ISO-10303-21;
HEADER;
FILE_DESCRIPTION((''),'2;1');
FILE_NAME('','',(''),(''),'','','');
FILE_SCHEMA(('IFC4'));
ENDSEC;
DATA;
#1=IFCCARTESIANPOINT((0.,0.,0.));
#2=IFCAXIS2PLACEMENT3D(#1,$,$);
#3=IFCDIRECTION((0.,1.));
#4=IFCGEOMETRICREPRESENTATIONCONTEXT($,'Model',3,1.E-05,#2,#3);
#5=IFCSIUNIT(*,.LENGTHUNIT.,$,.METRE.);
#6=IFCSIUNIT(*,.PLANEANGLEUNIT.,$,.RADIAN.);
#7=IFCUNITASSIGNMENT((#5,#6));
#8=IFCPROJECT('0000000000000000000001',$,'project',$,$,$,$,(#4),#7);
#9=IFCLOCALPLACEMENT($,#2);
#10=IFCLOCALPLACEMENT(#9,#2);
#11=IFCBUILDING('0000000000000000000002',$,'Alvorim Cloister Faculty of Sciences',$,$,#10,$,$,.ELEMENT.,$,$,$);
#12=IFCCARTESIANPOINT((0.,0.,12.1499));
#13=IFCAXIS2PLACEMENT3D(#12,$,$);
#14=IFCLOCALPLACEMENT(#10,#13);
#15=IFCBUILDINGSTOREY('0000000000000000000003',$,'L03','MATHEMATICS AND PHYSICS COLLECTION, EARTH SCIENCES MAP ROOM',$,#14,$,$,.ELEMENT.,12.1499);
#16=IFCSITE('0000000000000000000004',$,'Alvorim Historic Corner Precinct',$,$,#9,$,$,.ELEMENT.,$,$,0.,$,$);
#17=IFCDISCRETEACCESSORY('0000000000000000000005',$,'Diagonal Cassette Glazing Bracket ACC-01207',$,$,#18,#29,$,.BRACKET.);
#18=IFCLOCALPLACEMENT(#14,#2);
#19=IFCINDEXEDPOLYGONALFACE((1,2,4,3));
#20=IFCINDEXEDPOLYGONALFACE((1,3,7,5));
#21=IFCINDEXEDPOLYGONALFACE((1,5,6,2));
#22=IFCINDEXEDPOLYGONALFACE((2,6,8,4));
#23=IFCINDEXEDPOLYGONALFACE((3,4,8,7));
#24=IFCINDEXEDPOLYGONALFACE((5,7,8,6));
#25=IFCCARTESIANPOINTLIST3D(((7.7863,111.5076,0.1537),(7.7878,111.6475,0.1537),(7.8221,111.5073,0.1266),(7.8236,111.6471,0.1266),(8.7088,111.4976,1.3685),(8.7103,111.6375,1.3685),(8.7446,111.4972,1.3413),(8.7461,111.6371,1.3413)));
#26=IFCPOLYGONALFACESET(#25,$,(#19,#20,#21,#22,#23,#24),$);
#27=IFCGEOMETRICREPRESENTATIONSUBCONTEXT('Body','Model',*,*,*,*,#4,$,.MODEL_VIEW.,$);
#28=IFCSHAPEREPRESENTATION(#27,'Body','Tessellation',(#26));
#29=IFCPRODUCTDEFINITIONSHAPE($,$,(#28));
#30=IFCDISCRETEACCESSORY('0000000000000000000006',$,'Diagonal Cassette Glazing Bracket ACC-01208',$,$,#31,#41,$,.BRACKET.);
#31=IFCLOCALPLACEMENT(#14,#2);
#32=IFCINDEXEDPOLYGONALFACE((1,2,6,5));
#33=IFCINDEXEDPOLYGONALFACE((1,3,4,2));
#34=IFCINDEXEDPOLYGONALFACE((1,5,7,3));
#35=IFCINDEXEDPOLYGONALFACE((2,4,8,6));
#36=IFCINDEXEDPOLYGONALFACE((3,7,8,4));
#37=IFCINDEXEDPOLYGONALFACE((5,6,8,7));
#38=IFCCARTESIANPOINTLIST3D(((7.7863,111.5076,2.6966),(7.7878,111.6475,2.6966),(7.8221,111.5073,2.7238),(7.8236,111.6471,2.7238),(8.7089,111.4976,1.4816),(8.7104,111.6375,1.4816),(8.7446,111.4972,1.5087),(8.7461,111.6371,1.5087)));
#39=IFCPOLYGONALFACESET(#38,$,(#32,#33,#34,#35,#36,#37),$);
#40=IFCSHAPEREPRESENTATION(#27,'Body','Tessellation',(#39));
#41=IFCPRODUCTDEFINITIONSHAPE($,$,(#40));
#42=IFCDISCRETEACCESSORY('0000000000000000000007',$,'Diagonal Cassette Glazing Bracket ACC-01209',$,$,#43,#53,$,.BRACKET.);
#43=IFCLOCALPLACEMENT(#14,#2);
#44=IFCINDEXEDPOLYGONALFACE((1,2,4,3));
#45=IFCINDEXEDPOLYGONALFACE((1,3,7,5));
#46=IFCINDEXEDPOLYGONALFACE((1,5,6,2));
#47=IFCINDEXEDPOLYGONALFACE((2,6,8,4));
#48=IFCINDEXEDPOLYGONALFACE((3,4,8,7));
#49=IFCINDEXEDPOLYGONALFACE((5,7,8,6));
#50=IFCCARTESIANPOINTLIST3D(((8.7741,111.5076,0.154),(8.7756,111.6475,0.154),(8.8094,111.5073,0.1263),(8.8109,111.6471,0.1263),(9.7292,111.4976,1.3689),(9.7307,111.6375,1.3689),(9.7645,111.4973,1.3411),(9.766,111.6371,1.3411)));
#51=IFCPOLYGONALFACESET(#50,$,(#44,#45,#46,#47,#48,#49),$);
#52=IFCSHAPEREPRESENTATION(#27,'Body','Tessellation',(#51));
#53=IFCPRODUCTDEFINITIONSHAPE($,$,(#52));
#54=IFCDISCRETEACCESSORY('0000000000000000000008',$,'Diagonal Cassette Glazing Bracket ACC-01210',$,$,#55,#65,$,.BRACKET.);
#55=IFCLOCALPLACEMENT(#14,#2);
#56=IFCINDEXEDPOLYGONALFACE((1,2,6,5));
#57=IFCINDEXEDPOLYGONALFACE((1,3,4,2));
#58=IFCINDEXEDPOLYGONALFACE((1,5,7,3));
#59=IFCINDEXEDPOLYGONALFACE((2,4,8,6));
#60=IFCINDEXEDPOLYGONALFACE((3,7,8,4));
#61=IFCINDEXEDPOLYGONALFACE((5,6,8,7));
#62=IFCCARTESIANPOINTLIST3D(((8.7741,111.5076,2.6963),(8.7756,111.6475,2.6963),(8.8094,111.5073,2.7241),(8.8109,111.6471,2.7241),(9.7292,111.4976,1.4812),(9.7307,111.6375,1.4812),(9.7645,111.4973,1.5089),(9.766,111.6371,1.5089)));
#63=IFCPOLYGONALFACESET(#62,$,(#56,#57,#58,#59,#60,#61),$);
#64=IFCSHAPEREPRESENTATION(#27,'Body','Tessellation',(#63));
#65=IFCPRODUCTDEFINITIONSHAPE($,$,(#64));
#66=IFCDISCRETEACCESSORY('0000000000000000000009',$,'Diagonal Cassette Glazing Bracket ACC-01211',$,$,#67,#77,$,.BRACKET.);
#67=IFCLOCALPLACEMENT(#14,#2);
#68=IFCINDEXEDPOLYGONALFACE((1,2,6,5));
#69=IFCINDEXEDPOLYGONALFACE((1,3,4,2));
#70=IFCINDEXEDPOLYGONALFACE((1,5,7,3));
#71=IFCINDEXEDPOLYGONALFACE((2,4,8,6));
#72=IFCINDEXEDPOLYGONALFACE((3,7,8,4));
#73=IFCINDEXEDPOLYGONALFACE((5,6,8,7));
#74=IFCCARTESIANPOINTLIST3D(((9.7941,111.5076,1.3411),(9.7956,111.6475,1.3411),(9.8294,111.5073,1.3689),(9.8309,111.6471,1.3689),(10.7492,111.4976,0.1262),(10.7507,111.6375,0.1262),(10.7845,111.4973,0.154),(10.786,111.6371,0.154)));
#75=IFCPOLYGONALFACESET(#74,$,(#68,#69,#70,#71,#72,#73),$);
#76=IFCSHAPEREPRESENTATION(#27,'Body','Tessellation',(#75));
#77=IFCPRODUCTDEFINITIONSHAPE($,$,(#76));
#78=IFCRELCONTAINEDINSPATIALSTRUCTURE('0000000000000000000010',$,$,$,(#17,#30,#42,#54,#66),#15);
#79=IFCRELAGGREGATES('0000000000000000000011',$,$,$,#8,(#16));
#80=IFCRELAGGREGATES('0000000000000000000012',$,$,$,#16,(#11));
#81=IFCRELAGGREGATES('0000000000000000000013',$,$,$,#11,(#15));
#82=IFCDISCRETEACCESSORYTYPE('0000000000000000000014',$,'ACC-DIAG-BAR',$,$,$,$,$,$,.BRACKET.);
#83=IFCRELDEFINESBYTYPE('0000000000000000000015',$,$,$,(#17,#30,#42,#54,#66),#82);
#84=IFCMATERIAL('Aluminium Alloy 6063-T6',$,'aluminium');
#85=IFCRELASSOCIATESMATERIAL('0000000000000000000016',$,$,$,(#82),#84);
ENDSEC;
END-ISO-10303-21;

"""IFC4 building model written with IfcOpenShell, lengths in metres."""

from ifc_helpers import new_model, si_unit, direction, frame, origin, origin_2d, place, context, subcontext, project, spatial, rectangle, extrude, material, type_object, element, save


model = new_model("IFC4")

# Units and contexts
model_context = context("Model", 3, precision=1e-05, world=origin(), true_north=direction((0.0, 1.0)))
body_context = subcontext(model_context, "Body", "Model", "MODEL_VIEW")
ifc_project = project(units=[si_unit("LENGTHUNIT", "METRE"), si_unit("PLANEANGLEUNIT", "RADIAN")], contexts=[model_context])

# Site, building, storey
site_placement = place(None, origin())
site = spatial("IfcSite", under=ifc_project, at=site_placement, Name="Alvorim Historic Corner Precinct", CompositionType="ELEMENT", RefElevation=0.0)
building_placement = place(site_placement, origin())
building = spatial("IfcBuilding", under=site, at=building_placement, Name="Alvorim Cloister Faculty of Sciences", CompositionType="ELEMENT")
storey_placement = place(building_placement, frame((0.0, 0.0, 12.1499)))
storey = spatial("IfcBuildingStorey", under=building, at=storey_placement, Name="L03", Description="MATHEMATICS AND PHYSICS COLLECTION, EARTH SCIENCES MAP ROOM", CompositionType="ELEMENT", Elevation=12.1499)

# Shared definitions
ifc_material_1 = material(Name="Aluminium Alloy 6063-T6", Category="aluminium")

# Discrete accessories
discrete_accessory_type = type_object("IfcDiscreteAccessoryType", Name="ACC-DIAG-BAR", PredefinedType="BRACKET", material=ifc_material_1)
discrete_accessory_1_placement = place(storey_placement, frame((7.8049, 111.5774, 0.1401), z_axis=(0.60479, -0.006562, 0.796358), x_axis=(0.010849, 0.999941, 0.0)))
element("IfcDiscreteAccessory", 1, at=discrete_accessory_1_placement, inside=storey, type_object=discrete_accessory_type, Name="Diagonal Cassette Glazing Bracket ACC-01207", PredefinedType="BRACKET", context=body_context, shape_type="SweptSolid", body=[
    extrude(rectangle(XDim=0.1399, YDim=0.0449, at=origin_2d()), origin(), (0.0, 0.0, 1.0), 1.5254),
])
discrete_accessory_2_placement = place(storey_placement, frame((7.8049, 111.5774, 2.7102), z_axis=(0.604713, -0.006561, -0.796416), x_axis=(0.010849, 0.999941, 0.0)))
element("IfcDiscreteAccessory", 2, at=discrete_accessory_2_placement, inside=storey, type_object=discrete_accessory_type, Name="Diagonal Cassette Glazing Bracket ACC-01208", PredefinedType="BRACKET", context=body_context, shape_type="SweptSolid", body=[
    extrude(rectangle(XDim=0.1399, YDim=0.0449, at=origin_2d()), origin(), (0.0, 0.0, 1.0), 1.5256),
])
discrete_accessory_3_placement = place(storey_placement, frame((8.7925, 111.5774, 0.1401), z_axis=(0.618032, -0.006477, 0.786126), x_axis=(0.01048, 0.999945, 0.0)))
element("IfcDiscreteAccessory", 3, at=discrete_accessory_3_placement, inside=storey, type_object=discrete_accessory_type, Name="Diagonal Cassette Glazing Bracket ACC-01209", PredefinedType="BRACKET", context=body_context, shape_type="SweptSolid", body=[
    extrude(rectangle(XDim=0.1399, YDim=0.0449, at=origin_2d()), origin(), (0.0, 0.0, 1.0), 1.5454),
])
discrete_accessory_4_placement = place(storey_placement, frame((8.7925, 111.5774, 2.7102), z_axis=(0.617955, -0.006477, -0.786187), x_axis=(0.01048, 0.999945, 0.0)))
element("IfcDiscreteAccessory", 4, at=discrete_accessory_4_placement, inside=storey, type_object=discrete_accessory_type, Name="Diagonal Cassette Glazing Bracket ACC-01210", PredefinedType="BRACKET", context=body_context, shape_type="SweptSolid", body=[
    extrude(rectangle(XDim=0.1399, YDim=0.0449, at=origin_2d()), origin(), (0.0, 0.0, 1.0), 1.5457),
])
discrete_accessory_5_placement = place(storey_placement, frame((9.8125, 111.5774, 1.355), z_axis=(0.618032, -0.006477, -0.786126), x_axis=(0.01048, 0.999945, 0.0)))
element("IfcDiscreteAccessory", 5, at=discrete_accessory_5_placement, inside=storey, type_object=discrete_accessory_type, Name="Diagonal Cassette Glazing Bracket ACC-01211", PredefinedType="BRACKET", context=body_context, shape_type="SweptSolid", body=[
    extrude(rectangle(XDim=0.1399, YDim=0.0449, at=origin_2d()), origin(), (0.0, 0.0, 1.0), 1.5454),
])

save(model, "model.ifc")
